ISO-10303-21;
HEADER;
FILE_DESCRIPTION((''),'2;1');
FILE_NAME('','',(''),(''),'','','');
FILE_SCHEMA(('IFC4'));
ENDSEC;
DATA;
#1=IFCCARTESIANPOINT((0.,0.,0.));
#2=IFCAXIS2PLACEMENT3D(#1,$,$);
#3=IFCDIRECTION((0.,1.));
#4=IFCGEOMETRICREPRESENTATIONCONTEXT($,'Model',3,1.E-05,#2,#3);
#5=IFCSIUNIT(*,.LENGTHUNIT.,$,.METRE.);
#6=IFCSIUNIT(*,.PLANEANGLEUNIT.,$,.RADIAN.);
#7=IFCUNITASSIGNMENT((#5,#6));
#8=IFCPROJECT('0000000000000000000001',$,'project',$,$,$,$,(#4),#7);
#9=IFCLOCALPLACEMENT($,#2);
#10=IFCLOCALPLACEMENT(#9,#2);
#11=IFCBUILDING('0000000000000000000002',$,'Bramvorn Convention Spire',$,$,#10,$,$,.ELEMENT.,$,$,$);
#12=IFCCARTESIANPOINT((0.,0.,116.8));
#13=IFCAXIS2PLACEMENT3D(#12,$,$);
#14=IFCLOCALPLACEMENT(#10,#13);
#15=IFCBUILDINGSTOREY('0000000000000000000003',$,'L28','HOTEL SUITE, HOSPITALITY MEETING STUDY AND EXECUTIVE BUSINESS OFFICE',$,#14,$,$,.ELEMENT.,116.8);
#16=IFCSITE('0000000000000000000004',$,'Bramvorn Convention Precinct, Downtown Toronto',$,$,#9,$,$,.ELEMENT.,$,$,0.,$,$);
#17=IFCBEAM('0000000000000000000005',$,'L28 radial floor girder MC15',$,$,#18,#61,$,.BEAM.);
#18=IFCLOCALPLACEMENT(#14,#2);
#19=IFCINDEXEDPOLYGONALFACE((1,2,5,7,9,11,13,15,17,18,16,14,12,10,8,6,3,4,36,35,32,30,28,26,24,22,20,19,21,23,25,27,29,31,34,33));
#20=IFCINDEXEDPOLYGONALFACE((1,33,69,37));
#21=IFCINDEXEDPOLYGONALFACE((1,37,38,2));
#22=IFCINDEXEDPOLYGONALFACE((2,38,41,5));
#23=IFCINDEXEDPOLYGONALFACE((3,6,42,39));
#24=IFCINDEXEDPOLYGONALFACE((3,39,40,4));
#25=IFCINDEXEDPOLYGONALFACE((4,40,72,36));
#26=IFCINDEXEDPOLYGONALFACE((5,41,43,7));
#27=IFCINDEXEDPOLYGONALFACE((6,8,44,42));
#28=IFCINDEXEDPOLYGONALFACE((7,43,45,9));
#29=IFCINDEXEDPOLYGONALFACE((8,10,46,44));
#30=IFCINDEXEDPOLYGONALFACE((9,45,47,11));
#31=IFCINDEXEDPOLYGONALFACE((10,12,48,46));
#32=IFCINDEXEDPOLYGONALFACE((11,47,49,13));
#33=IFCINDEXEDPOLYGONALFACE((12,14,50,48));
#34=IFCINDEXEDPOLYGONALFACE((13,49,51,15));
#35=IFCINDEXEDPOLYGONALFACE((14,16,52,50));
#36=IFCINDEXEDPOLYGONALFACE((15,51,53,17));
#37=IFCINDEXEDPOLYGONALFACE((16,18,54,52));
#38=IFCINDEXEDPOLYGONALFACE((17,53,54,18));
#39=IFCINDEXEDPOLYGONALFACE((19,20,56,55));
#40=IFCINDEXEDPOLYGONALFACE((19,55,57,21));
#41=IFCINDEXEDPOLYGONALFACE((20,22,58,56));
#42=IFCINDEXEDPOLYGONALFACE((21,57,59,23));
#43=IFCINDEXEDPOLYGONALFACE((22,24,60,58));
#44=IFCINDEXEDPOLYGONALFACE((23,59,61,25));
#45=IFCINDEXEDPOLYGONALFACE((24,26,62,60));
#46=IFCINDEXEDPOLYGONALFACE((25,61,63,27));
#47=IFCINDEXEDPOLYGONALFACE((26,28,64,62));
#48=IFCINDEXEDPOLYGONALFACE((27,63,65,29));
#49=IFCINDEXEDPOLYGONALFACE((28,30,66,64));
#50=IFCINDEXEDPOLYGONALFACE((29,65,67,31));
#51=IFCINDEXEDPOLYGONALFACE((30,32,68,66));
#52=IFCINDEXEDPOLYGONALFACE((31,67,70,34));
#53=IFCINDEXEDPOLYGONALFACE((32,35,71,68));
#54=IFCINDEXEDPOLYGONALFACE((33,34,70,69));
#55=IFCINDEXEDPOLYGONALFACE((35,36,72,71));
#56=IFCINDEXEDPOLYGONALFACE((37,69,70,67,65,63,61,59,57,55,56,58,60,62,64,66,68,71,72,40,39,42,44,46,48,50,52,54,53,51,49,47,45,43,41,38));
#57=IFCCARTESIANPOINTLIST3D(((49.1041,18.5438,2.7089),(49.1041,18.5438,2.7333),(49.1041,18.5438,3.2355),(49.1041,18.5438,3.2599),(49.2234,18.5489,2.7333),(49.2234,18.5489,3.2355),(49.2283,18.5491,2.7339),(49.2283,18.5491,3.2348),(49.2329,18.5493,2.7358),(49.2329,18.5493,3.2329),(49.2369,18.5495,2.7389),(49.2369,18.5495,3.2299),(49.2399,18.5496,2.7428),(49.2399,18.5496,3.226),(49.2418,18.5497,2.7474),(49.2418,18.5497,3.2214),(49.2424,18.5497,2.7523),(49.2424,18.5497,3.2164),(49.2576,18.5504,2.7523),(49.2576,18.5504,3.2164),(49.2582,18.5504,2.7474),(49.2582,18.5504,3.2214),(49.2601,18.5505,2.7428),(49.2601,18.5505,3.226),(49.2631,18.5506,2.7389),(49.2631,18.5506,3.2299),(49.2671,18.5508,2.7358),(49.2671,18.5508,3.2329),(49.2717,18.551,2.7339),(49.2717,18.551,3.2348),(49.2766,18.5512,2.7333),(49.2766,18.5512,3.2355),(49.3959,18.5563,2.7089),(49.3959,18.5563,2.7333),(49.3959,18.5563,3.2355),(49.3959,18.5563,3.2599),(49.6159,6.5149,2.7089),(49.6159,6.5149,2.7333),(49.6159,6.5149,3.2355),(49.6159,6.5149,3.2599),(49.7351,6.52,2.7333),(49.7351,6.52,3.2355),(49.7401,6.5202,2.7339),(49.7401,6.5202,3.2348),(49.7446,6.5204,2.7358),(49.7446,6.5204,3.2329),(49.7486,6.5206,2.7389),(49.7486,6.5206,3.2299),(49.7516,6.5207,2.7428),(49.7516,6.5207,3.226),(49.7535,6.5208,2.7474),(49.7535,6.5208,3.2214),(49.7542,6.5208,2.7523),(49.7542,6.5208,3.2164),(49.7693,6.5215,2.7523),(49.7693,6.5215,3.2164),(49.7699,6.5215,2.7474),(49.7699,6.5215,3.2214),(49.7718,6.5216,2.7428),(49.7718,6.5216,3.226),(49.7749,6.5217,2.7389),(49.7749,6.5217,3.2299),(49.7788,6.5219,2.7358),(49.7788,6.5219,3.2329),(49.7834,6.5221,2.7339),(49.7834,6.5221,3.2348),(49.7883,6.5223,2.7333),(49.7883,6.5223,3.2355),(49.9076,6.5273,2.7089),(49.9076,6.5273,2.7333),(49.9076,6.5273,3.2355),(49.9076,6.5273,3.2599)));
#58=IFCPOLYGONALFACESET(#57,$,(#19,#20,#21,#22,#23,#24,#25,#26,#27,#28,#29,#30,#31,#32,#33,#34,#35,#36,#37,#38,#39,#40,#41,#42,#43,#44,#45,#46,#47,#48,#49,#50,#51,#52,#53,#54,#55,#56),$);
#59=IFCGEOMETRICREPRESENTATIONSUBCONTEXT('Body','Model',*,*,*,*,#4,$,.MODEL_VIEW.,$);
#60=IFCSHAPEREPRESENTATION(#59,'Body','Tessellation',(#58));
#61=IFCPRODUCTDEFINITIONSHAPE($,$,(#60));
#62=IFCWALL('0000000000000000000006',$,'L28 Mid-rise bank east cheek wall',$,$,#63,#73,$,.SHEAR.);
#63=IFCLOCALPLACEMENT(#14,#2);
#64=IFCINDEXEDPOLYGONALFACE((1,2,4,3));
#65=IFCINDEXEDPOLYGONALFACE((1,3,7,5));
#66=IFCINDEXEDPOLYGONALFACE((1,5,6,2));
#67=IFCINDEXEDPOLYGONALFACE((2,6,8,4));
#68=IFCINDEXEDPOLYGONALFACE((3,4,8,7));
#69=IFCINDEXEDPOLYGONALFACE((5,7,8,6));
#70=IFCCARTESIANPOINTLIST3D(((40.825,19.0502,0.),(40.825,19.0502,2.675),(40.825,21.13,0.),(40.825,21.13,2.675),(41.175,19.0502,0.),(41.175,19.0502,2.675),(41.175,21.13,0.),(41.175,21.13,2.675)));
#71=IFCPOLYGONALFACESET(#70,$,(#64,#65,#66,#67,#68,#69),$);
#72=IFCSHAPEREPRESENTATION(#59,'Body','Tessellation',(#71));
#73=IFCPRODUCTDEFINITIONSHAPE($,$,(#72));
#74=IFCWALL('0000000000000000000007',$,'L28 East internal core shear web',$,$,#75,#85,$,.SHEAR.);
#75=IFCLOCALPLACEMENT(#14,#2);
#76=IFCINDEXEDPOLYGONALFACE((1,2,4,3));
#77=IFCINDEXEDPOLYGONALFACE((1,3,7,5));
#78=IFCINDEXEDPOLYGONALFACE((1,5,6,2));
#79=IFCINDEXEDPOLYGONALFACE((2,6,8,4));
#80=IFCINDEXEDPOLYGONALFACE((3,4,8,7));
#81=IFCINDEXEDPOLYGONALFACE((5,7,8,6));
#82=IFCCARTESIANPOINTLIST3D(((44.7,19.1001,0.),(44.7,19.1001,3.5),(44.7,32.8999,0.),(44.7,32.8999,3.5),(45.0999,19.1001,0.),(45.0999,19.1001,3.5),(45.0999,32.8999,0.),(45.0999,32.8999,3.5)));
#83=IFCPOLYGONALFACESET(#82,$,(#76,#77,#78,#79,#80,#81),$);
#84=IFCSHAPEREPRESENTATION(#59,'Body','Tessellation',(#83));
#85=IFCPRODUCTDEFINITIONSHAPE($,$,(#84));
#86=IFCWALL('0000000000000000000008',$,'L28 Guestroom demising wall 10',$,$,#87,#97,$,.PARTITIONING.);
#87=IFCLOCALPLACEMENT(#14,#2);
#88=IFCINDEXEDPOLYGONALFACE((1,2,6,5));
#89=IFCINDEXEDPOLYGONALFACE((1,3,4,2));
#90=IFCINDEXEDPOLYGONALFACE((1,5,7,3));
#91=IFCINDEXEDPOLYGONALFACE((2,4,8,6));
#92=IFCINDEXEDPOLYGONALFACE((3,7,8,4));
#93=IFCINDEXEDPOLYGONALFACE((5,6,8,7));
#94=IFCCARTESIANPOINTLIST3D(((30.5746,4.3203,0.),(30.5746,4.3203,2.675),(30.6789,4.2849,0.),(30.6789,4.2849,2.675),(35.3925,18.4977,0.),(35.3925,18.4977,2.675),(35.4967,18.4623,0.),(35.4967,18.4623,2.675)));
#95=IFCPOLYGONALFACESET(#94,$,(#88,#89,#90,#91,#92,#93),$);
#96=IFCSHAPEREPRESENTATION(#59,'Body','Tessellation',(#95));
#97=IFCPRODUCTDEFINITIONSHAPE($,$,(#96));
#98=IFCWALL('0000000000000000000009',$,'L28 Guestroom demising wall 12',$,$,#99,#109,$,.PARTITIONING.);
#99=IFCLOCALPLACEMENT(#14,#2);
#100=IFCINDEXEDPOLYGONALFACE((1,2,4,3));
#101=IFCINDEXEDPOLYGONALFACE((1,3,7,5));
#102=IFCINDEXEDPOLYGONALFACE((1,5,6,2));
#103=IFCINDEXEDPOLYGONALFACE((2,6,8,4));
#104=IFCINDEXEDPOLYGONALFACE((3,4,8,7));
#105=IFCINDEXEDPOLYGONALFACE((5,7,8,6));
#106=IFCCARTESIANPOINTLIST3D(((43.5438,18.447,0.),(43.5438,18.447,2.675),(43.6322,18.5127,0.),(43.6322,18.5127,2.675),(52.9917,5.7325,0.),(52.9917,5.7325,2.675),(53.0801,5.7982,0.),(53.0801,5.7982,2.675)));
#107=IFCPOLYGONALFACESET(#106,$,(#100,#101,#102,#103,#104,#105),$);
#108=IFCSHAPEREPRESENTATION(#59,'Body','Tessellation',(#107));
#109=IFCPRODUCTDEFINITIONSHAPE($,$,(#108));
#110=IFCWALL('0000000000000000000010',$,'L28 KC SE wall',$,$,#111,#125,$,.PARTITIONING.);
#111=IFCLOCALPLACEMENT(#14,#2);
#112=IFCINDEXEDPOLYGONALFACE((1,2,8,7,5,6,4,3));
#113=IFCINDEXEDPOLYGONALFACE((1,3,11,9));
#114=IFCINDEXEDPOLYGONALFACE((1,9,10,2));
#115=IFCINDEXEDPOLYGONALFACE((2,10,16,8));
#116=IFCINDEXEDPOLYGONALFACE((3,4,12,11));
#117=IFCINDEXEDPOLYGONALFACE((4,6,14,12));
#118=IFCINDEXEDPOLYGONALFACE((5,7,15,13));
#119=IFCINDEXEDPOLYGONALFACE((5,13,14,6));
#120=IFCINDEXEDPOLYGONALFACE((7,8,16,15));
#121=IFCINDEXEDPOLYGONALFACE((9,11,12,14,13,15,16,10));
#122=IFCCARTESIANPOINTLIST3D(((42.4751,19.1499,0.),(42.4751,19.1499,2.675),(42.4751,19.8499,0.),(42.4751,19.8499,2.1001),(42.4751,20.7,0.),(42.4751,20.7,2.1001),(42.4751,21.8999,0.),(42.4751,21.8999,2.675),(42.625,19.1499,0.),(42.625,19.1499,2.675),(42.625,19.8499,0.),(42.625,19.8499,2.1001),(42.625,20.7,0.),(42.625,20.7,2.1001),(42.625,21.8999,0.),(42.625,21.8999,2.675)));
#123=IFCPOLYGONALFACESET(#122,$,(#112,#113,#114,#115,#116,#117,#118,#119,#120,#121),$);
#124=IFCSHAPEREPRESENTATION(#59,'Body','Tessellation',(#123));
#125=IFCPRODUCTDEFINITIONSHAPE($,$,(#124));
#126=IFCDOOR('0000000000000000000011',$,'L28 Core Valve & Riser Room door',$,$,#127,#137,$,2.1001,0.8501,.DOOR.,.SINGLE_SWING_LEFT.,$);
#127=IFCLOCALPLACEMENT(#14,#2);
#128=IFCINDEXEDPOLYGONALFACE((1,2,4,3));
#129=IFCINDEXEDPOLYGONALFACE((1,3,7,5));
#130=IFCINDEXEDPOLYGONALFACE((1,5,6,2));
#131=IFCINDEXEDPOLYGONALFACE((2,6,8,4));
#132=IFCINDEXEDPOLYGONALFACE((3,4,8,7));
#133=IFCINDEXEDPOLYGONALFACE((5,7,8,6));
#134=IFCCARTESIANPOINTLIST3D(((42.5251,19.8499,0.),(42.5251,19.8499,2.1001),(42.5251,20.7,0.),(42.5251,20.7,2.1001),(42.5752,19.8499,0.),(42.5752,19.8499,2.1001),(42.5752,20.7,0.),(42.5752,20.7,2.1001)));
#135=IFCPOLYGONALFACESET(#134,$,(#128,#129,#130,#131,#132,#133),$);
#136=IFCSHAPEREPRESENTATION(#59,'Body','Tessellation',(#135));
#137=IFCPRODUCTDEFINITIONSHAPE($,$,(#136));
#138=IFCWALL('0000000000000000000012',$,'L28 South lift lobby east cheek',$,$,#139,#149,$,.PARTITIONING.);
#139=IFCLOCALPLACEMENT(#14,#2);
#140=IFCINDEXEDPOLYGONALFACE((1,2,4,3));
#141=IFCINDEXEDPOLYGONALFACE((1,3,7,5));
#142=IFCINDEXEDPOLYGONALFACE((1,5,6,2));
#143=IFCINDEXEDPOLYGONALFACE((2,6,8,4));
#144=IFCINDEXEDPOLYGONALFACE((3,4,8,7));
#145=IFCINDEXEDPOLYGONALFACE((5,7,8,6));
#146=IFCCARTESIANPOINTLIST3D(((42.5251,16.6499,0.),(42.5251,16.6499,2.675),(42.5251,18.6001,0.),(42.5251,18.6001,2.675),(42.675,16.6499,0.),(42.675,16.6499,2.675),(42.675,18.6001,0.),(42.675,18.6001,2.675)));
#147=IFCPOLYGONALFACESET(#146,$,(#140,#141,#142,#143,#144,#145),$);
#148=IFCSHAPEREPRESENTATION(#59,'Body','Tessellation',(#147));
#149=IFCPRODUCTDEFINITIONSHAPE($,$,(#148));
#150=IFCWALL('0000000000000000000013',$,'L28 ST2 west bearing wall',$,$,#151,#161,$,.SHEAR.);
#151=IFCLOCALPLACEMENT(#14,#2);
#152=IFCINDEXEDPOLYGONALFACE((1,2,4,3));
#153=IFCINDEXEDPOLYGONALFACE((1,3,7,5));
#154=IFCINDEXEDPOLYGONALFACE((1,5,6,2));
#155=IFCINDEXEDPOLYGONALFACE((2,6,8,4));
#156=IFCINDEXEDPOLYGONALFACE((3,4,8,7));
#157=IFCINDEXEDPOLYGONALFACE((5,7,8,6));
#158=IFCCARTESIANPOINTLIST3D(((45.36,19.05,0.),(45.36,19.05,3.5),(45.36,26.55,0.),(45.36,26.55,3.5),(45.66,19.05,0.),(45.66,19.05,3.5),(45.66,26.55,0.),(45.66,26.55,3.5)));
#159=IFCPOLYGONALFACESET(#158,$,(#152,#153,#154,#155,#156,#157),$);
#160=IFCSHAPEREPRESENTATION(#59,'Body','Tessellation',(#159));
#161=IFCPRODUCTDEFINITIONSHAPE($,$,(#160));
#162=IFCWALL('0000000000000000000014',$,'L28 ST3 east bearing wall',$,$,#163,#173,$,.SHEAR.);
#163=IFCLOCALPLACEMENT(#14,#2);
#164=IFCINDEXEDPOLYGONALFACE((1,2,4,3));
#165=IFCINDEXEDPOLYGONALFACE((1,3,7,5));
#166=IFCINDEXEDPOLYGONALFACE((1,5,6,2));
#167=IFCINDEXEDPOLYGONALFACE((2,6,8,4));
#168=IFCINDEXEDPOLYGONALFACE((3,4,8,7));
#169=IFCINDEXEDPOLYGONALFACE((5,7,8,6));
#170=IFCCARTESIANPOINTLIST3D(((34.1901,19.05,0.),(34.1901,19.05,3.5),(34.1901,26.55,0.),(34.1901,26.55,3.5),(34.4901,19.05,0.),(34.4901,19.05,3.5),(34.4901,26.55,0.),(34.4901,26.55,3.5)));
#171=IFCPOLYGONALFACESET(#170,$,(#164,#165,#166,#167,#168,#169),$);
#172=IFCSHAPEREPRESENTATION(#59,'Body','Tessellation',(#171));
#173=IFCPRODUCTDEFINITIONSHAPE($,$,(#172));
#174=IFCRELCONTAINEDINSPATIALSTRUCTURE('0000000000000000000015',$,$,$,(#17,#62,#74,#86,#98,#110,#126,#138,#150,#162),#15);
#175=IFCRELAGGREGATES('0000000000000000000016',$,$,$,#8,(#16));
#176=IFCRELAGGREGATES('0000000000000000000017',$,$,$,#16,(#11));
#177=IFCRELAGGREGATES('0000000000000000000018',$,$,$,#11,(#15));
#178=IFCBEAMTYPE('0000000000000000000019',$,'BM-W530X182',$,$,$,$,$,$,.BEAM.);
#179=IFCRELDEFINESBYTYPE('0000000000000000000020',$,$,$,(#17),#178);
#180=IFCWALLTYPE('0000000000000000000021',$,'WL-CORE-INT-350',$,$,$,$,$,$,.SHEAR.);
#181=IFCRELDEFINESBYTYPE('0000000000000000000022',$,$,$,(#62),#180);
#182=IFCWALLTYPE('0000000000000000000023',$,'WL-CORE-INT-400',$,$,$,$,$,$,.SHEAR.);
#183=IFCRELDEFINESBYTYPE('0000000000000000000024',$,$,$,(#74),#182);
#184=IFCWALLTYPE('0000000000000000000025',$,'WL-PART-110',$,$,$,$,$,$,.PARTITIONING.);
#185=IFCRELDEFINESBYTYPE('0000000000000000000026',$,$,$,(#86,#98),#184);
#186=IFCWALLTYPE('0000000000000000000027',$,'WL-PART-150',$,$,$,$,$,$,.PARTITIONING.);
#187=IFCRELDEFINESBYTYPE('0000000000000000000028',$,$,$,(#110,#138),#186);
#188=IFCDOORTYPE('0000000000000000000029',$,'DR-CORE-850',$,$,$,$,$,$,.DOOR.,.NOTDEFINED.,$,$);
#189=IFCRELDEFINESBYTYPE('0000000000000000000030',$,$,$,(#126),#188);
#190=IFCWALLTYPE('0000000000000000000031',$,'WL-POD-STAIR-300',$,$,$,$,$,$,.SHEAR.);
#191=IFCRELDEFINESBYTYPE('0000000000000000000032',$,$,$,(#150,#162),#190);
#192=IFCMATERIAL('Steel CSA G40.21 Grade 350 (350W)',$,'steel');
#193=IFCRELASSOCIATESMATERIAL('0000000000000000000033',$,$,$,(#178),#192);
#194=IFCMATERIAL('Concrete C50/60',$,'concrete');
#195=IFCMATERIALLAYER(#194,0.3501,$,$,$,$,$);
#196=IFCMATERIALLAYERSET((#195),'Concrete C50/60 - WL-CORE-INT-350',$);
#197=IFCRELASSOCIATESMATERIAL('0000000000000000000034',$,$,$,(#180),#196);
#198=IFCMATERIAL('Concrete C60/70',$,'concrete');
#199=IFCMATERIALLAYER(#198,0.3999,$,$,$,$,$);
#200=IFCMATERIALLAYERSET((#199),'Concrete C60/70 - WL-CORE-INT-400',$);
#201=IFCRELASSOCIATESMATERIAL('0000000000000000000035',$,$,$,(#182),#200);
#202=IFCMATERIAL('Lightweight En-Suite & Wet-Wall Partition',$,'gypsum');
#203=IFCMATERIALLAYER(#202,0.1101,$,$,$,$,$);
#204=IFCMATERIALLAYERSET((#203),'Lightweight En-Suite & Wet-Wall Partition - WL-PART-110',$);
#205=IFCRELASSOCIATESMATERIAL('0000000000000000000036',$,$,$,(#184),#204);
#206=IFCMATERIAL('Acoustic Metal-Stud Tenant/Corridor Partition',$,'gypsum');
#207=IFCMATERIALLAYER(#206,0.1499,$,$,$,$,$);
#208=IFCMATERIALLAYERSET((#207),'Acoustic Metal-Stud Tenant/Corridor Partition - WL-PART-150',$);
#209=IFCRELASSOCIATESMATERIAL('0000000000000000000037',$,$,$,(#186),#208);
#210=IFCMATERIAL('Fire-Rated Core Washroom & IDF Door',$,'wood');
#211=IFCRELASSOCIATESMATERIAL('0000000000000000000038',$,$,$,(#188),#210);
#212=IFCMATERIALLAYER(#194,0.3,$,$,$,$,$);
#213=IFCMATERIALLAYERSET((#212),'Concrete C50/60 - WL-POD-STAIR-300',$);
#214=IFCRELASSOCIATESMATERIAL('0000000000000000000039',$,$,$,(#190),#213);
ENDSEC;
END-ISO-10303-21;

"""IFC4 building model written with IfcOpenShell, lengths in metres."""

from ifc_helpers import new_model, si_unit, direction, frame, frame_2d, origin, origin_2d, place, context, subcontext, project, spatial, rectangle, i_section, extrude, material, layer, layer_set, material_profile, profile_set, type_object, element, fill, save


model = new_model("IFC4")

# Units and contexts
model_context = context("Model", 3, precision=1e-05, world=origin(), true_north=direction((0.0, 1.0)))
body_context = subcontext(model_context, "Body", "Model", "MODEL_VIEW")
ifc_project = project(units=[si_unit("LENGTHUNIT", "METRE"), si_unit("PLANEANGLEUNIT", "RADIAN")], contexts=[model_context])

# Site, building, storey
site_placement = place(None, origin())
site = spatial("IfcSite", under=ifc_project, at=site_placement, Name="Bramvorn Convention Precinct, Downtown Toronto", CompositionType="ELEMENT", RefElevation=0.0)
building_placement = place(site_placement, origin())
building = spatial("IfcBuilding", under=site, at=building_placement, Name="Bramvorn Convention Spire", CompositionType="ELEMENT")
storey_placement = place(building_placement, frame((0.0, 0.0, 116.8)))
storey = spatial("IfcBuildingStorey", under=building, at=storey_placement, Name="L28", Description="HOTEL SUITE, HOSPITALITY MEETING STUDY AND EXECUTIVE BUSINESS OFFICE", CompositionType="ELEMENT", Elevation=116.8)

# Beam
ifc_material_1 = material(Name="Steel CSA G40.21 Grade 350 (350W)", Category="steel")
ifc_material_profile_1 = material_profile(ifc_material_1, i_section(OverallWidth=0.292, OverallDepth=0.551, WebThickness=0.0151, FlangeThickness=0.0244, FilletRadius=0.019, at=origin_2d()))
ifc_profile_set_1 = profile_set([ifc_material_profile_1], Name="Steel CSA G40.21 Grade 350 (350W) - W530X182")
beam_type_1 = type_object("IfcBeamType", Name="BM-W530X182", PredefinedType="BEAM", material=ifc_profile_set_1)
beam_1_placement = place(storey_placement, frame((49.25, 18.55, 2.9844), z_axis=(0.042503, -0.999096, 0.0), x_axis=(0.999096, 0.042503, 0.0)))
element("IfcBeam", 1, at=beam_1_placement, inside=storey, type_object=beam_type_1, Name="L28 radial floor girder MC15", PredefinedType="BEAM", context=body_context, shape_type="SweptSolid", body=[
    extrude(i_section(OverallWidth=0.292, OverallDepth=0.551, WebThickness=0.0151, FlangeThickness=0.0244, FilletRadius=0.019, at=origin_2d()), origin(), (0.0, 0.0, 1.0), 12.0398),
])

# Shared definitions
ifc_material_2 = material(Name="Concrete C60/70", Category="concrete")

# Shared definitions
ifc_material_3 = material(Name="Concrete C50/60", Category="concrete")
ifc_layer_1 = layer(ifc_material_3, 0.3501)
ifc_layer_set_1 = layer_set([ifc_layer_1], Name="Concrete C50/60 - WL-CORE-INT-350")
wall_type_1 = type_object("IfcWallType", Name="WL-CORE-INT-350", PredefinedType="SHEAR", material=ifc_layer_set_1)

# Walls
wall_1_placement = place(storey_placement, frame((41.0, 19.05, 0.0), z_axis=(0.0, 0.0, 1.0), x_axis=(0.0, 1.0, 0.0)))
element("IfcWall", 2, at=wall_1_placement, inside=storey, type_object=wall_type_1, Name="L28 Mid-rise bank east cheek wall", PredefinedType="SHEAR", context=body_context, shape_type="SweptSolid", body=[
    extrude(rectangle(XDim=2.0798, YDim=0.3501, at=frame_2d((1.04, 0.0))), origin(), (0.0, 0.0, 1.0), 2.675),
])
ifc_layer_2 = layer(ifc_material_2, 0.3999)
ifc_layer_set_2 = layer_set([ifc_layer_2], Name="Concrete C60/70 - WL-CORE-INT-400")
wall_type_2 = type_object("IfcWallType", Name="WL-CORE-INT-400", PredefinedType="SHEAR", material=ifc_layer_set_2)
wall_2_placement = place(storey_placement, frame((44.8999, 19.1001, 0.0), z_axis=(0.0, 0.0, 1.0), x_axis=(0.0, 1.0, 0.0)))
element("IfcWall", 3, at=wall_2_placement, inside=storey, type_object=wall_type_2, Name="L28 East internal core shear web", PredefinedType="SHEAR", context=body_context, shape_type="SweptSolid", body=[
    extrude(rectangle(XDim=13.7998, YDim=0.3999, at=frame_2d((6.8999, 0.0))), origin(), (0.0, 0.0, 1.0), 3.5),
])
ifc_material_4 = material(Name="Lightweight En-Suite & Wet-Wall Partition", Category="gypsum")
ifc_layer_3 = layer(ifc_material_4, 0.1101)
ifc_layer_set_3 = layer_set([ifc_layer_3], Name="Lightweight En-Suite & Wet-Wall Partition - WL-PART-110")
wall_type_3 = type_object("IfcWallType", Name="WL-PART-110", PredefinedType="PARTITIONING", material=ifc_layer_set_3)
wall_3_placement = place(storey_placement, frame((35.4446, 18.48, 0.0), z_axis=(0.0, 0.0, 1.0), x_axis=(-0.321755, -0.946823, 0.0)))
element("IfcWall", 4, at=wall_3_placement, inside=storey, type_object=wall_type_3, Name="L28 Guestroom demising wall 10", PredefinedType="PARTITIONING", context=body_context, shape_type="SweptSolid", body=[
    extrude(rectangle(XDim=14.9736, YDim=0.1101, at=frame_2d((7.4868, 0.0))), origin(), (0.0, 0.0, 1.0), 2.675),
])
wall_4_placement = place(storey_placement, frame((43.5879, 18.48, 0.0), z_axis=(0.0, 0.0, 1.0), x_axis=(0.596441, -0.802657, 0.0)))
element("IfcWall", 5, at=wall_4_placement, inside=storey, type_object=wall_type_3, Name="L28 Guestroom demising wall 12", PredefinedType="PARTITIONING", context=body_context, shape_type="SweptSolid", body=[
    extrude(rectangle(XDim=15.8406, YDim=0.1101, at=frame_2d((7.9204, 0.0))), origin(), (0.0, 0.0, 1.0), 2.675),
])

# Wall, opening, door
ifc_material_5 = material(Name="Acoustic Metal-Stud Tenant/Corridor Partition", Category="gypsum")
ifc_layer_4 = layer(ifc_material_5, 0.1499)
ifc_layer_set_4 = layer_set([ifc_layer_4], Name="Acoustic Metal-Stud Tenant/Corridor Partition - WL-PART-150")
wall_type_4 = type_object("IfcWallType", Name="WL-PART-150", PredefinedType="PARTITIONING", material=ifc_layer_set_4)
wall_5_placement = place(storey_placement, frame((42.55, 19.1499, 0.0), z_axis=(0.0, 0.0, 1.0), x_axis=(0.0, 1.0, 0.0)))
wall_5 = element("IfcWall", 6, at=wall_5_placement, inside=storey, type_object=wall_type_4, Name="L28 KC SE wall", PredefinedType="PARTITIONING", context=body_context, shape_type="SweptSolid", body=[
    extrude(rectangle(XDim=2.75, YDim=0.1499, at=frame_2d((1.375, 0.0))), origin(), (0.0, 0.0, 1.0), 2.675),
])
opening_1_placement = place(wall_5_placement, frame((0.7, 0.0, 0.0)))
opening_1 = element("IfcOpeningElement", 7, at=opening_1_placement, cuts=wall_5, PredefinedType="OPENING", context=body_context, shape_type="SweptSolid", body=[
    extrude(rectangle(XDim=0.8501, YDim=2.1001, at=frame_2d((0.425, 1.05))), frame((0.0, 0.085, 0.0), z_axis=(0.0, -1.0, 0.0), x_axis=(1.0, 0.0, 0.0)), (0.0, 0.0, 1.0), 0.1699),
])
ifc_material_6 = material(Name="Fire-Rated Core Washroom & IDF Door", Category="wood")
door_type_1 = type_object("IfcDoorType", Name="DR-CORE-850", OperationType="NOTDEFINED", PredefinedType="DOOR", material=ifc_material_6)
door_1_placement = place(opening_1_placement, origin())
door_1 = element("IfcDoor", 8, at=door_1_placement, inside=storey, type_object=door_type_1, Name="L28 Core Valve & Riser Room door", OperationType="SINGLE_SWING_LEFT", OverallHeight=2.1001, OverallWidth=0.8501, PredefinedType="DOOR", context=body_context, shape_type="SweptSolid", body=[
    extrude(rectangle(XDim=0.8501, YDim=2.1001, at=frame_2d((0.425, 1.05))), frame((0.0, 0.0249, 0.0), z_axis=(0.0, -1.0, 0.0), x_axis=(1.0, 0.0, 0.0)), (0.0, 0.0, 1.0), 0.05),
])
fill(opening_1, door_1)

# Walls
wall_6_placement = place(storey_placement, frame((42.6001, 16.6499, 0.0), z_axis=(0.0, 0.0, 1.0), x_axis=(0.0, 1.0, 0.0)))
element("IfcWall", 9, at=wall_6_placement, inside=storey, type_object=wall_type_4, Name="L28 South lift lobby east cheek", PredefinedType="PARTITIONING", context=body_context, shape_type="SweptSolid", body=[
    extrude(rectangle(XDim=1.9502, YDim=0.1499, at=frame_2d((0.9751, 0.0))), origin(), (0.0, 0.0, 1.0), 2.675),
])
ifc_layer_5 = layer(ifc_material_3, 0.3)
ifc_layer_set_5 = layer_set([ifc_layer_5], Name="Concrete C50/60 - WL-POD-STAIR-300")
wall_type_5 = type_object("IfcWallType", Name="WL-POD-STAIR-300", PredefinedType="SHEAR", material=ifc_layer_set_5)
for number, where, z_axis, x_axis, name in (
    (10, (45.51, 19.05, 0.0), (0.0, 0.0, 1.0), (0.0, 1.0, 0.0), "L28 ST2 west bearing wall"),
    (11, (34.3401, 19.05, 0.0), (0.0, 0.0, 1.0), (0.0, 1.0, 0.0), "L28 ST3 east bearing wall"),
):
    element("IfcWall", number, at=place(storey_placement, frame(where, z_axis=z_axis, x_axis=x_axis)), inside=storey, type_object=wall_type_5, Name=name, PredefinedType="SHEAR", context=body_context, shape_type="SweptSolid", body=[
        extrude(rectangle(XDim=7.5, YDim=0.3, at=frame_2d((3.75, 0.0))), origin(), (0.0, 0.0, 1.0), 3.5),
    ])

save(model, "model.ifc")
